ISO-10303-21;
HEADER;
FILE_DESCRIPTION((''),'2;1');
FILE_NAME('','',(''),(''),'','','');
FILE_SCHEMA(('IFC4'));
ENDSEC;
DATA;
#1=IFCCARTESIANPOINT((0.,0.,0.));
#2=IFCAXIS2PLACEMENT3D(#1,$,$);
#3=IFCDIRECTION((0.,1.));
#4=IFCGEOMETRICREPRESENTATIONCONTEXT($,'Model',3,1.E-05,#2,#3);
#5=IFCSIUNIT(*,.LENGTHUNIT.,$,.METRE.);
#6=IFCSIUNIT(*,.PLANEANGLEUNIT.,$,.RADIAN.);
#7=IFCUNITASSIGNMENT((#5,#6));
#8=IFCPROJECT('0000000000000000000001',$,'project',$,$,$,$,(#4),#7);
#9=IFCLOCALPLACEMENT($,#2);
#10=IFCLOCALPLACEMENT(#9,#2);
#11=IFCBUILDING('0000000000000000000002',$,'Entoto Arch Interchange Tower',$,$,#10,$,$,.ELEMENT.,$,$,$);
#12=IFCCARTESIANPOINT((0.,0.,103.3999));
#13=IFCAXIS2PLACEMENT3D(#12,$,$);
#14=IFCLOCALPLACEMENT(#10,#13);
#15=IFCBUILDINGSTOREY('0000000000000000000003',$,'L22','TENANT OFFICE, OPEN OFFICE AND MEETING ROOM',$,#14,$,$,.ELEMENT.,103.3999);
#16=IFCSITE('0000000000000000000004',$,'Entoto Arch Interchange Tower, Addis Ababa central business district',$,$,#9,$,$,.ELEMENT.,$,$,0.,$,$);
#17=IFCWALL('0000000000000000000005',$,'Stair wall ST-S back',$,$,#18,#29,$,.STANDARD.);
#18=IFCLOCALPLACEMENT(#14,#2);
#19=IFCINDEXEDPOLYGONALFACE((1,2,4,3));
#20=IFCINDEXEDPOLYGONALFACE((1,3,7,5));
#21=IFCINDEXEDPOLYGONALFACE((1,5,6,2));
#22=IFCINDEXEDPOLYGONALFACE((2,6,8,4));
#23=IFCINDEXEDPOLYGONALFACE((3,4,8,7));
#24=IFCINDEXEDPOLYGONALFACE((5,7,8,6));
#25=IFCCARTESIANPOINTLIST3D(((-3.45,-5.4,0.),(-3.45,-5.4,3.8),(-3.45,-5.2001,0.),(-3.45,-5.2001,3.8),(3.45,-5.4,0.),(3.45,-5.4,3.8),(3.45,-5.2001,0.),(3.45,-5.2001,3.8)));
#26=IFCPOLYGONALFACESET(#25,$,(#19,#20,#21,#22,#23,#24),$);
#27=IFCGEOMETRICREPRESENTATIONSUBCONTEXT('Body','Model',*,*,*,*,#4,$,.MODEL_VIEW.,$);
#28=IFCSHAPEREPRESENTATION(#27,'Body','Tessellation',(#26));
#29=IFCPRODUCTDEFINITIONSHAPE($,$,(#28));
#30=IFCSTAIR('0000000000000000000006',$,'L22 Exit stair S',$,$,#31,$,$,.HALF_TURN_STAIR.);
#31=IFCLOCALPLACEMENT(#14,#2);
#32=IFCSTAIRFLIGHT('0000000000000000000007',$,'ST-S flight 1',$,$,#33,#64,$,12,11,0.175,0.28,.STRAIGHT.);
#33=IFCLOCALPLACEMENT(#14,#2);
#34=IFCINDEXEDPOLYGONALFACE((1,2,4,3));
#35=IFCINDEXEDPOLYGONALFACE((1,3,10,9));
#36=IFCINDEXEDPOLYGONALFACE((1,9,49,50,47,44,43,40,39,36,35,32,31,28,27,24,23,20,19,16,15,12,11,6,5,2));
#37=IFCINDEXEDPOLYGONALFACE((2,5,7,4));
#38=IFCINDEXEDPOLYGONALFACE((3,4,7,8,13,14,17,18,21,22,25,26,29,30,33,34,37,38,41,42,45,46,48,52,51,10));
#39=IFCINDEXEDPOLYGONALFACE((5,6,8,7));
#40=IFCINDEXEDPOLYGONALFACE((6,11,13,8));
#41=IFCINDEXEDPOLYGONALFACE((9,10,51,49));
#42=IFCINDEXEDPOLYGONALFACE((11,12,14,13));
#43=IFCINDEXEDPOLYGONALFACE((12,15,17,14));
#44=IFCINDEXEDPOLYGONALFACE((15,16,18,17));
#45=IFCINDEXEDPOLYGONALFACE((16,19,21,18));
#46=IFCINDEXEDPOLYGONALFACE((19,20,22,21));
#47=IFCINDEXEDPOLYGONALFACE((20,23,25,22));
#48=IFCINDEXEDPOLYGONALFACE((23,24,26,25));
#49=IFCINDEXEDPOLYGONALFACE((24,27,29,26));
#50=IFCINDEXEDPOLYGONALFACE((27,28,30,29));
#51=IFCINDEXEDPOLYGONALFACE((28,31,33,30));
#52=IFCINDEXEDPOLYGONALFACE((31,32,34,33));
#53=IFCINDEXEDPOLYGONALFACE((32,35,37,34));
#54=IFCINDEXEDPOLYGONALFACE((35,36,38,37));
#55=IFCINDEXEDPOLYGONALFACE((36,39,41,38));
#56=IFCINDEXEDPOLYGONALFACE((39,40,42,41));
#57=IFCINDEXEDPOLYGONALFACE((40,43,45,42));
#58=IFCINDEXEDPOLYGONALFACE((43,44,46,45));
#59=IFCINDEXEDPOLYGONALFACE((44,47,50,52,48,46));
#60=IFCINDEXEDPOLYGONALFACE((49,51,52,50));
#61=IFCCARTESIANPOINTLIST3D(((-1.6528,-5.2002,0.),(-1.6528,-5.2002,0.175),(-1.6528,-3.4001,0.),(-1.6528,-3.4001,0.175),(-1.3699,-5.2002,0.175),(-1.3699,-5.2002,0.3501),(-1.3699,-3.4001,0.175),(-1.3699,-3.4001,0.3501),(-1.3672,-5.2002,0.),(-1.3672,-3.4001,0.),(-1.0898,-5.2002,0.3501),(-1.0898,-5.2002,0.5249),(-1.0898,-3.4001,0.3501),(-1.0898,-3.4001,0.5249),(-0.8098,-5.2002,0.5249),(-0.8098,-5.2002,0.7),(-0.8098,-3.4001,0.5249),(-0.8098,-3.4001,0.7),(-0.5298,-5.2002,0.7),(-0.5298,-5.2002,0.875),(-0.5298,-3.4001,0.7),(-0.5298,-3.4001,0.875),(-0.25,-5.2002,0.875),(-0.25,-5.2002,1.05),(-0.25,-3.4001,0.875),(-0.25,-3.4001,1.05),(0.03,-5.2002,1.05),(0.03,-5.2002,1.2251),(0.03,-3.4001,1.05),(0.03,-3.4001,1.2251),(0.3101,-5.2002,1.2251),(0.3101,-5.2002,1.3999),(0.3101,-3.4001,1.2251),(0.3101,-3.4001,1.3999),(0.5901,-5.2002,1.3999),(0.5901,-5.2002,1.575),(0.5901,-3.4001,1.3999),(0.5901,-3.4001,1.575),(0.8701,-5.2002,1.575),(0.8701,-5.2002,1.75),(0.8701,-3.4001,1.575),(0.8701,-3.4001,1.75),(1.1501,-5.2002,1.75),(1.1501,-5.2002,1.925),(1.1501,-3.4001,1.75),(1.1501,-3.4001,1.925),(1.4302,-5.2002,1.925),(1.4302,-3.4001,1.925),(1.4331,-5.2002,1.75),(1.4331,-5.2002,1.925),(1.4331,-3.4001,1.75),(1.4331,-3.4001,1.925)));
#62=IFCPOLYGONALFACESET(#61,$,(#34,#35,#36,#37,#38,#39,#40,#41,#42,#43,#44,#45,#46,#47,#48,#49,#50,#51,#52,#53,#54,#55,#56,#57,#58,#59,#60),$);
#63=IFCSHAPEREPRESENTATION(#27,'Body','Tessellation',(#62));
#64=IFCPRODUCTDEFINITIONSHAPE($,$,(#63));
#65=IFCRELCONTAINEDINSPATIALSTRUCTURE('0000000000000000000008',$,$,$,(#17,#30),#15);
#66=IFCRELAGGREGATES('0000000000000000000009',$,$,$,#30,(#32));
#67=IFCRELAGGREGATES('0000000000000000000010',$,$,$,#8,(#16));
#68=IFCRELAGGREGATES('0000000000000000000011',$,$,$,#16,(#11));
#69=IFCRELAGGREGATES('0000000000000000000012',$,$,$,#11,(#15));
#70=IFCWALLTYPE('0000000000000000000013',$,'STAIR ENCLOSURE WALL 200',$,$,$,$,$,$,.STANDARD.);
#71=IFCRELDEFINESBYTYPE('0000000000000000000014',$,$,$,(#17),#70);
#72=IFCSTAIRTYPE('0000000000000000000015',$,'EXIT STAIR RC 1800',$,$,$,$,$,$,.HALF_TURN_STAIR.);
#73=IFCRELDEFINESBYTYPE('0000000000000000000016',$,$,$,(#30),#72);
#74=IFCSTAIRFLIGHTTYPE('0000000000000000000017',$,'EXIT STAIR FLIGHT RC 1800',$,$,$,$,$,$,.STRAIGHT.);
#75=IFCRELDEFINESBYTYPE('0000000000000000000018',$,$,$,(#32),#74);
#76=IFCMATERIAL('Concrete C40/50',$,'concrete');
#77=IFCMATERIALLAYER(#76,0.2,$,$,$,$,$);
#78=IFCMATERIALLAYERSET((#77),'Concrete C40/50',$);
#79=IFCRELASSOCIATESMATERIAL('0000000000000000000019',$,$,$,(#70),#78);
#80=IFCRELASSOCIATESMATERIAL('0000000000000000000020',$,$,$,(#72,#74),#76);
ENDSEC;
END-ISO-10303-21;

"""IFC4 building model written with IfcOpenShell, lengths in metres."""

from ifc_helpers import new_model, si_unit, direction, frame, frame_2d, origin, place, context, subcontext, project, spatial, polyline, rectangle, outline, extrude, material, layer, layer_set, type_object, element, aggregate, save


model = new_model("IFC4")

# Units and contexts
model_context = context("Model", 3, precision=1e-05, world=origin(), true_north=direction((0.0, 1.0)))
body_context = subcontext(model_context, "Body", "Model", "MODEL_VIEW")
ifc_project = project(units=[si_unit("LENGTHUNIT", "METRE"), si_unit("PLANEANGLEUNIT", "RADIAN")], contexts=[model_context])

# Site, building, storey
site_placement = place(None, origin())
site = spatial("IfcSite", under=ifc_project, at=site_placement, Name="Entoto Arch Interchange Tower, Addis Ababa central business district", CompositionType="ELEMENT", RefElevation=0.0)
building_placement = place(site_placement, origin())
building = spatial("IfcBuilding", under=site, at=building_placement, Name="Entoto Arch Interchange Tower", CompositionType="ELEMENT")
storey_placement = place(building_placement, frame((0.0, 0.0, 103.3999)))
storey = spatial("IfcBuildingStorey", under=building, at=storey_placement, Name="L22", Description="TENANT OFFICE, OPEN OFFICE AND MEETING ROOM", CompositionType="ELEMENT", Elevation=103.3999)

# Shared definitions
ifc_material_1 = material(Name="Concrete C40/50", Category="concrete")

# Shared definitions
ifc_layer_1 = layer(ifc_material_1, 0.2)
ifc_layer_set_1 = layer_set([ifc_layer_1], Name="Concrete C40/50")
wall_type_1 = type_object("IfcWallType", Name="STAIR ENCLOSURE WALL 200", PredefinedType="STANDARD", material=ifc_layer_set_1)

# Wall
wall_1_placement = place(storey_placement, frame((-3.45, -5.3, 0.0), z_axis=(0.0, 0.0, 1.0), x_axis=(1.0, 0.0, 0.0)))
element("IfcWall", 1, at=wall_1_placement, inside=storey, type_object=wall_type_1, Name="Stair wall ST-S back", PredefinedType="STANDARD", context=body_context, shape_type="SweptSolid", body=[
    extrude(rectangle(XDim=6.8999, YDim=0.2, at=frame_2d((3.45, 0.0))), origin(), (0.0, 0.0, 1.0), 3.8),
])

# Stair, stair flight
stair_type = type_object("IfcStairType", Name="EXIT STAIR RC 1800", PredefinedType="HALF_TURN_STAIR", material=ifc_material_1)
stair_placement = place(storey_placement, origin())
stair = element("IfcStair", 2, at=stair_placement, inside=storey, type_object=stair_type, Name="L22 Exit stair S", PredefinedType="HALF_TURN_STAIR")
stair_flight_type = type_object("IfcStairFlightType", Name="EXIT STAIR FLIGHT RC 1800", PredefinedType="STRAIGHT", material=ifc_material_1)
stair_flight_placement = place(storey_placement, frame((-1.6499, -4.3, 0.0), z_axis=(0.0, 0.0, 1.0), x_axis=(1.0, 0.0, 0.0)))
stair_flight = element("IfcStairFlight", 3, at=stair_flight_placement, type_object=stair_flight_type, Name="ST-S flight 1", NumberOfRisers=12, NumberOfTreads=11, PredefinedType="STRAIGHT", RiserHeight=0.175, TreadLength=0.28, context=body_context, shape_type="SweptSolid", body=[
    extrude(outline(polyline([(-0.0029, 0.0), (-0.0029, 0.175), (0.28, 0.175), (0.28, 0.3501), (0.5601, 0.3501), (0.5601, 0.5249), (0.8401, 0.5249), (0.8401, 0.7), (1.1201, 0.7), (1.1201, 0.875), (1.3999, 0.875), (1.3999, 1.05), (1.6799, 1.05), (1.6799, 1.2251), (1.96, 1.2251), (1.96, 1.3999), (2.24, 1.3999), (2.24, 1.575), (2.52, 1.575), (2.52, 1.75), (2.8, 1.75), (2.8, 1.925), (3.0801, 1.925), (3.083, 1.925), (3.083, 1.75), (0.2827, 0.0), (-0.0029, 0.0)])), frame((0.0, 0.8999, 0.0), z_axis=(0.0, -1.0, 0.0), x_axis=(1.0, 0.0, 0.0)), (0.0, 0.0, 1.0), 1.8),
])
aggregate(stair, [stair_flight])

save(model, "model.ifc")
